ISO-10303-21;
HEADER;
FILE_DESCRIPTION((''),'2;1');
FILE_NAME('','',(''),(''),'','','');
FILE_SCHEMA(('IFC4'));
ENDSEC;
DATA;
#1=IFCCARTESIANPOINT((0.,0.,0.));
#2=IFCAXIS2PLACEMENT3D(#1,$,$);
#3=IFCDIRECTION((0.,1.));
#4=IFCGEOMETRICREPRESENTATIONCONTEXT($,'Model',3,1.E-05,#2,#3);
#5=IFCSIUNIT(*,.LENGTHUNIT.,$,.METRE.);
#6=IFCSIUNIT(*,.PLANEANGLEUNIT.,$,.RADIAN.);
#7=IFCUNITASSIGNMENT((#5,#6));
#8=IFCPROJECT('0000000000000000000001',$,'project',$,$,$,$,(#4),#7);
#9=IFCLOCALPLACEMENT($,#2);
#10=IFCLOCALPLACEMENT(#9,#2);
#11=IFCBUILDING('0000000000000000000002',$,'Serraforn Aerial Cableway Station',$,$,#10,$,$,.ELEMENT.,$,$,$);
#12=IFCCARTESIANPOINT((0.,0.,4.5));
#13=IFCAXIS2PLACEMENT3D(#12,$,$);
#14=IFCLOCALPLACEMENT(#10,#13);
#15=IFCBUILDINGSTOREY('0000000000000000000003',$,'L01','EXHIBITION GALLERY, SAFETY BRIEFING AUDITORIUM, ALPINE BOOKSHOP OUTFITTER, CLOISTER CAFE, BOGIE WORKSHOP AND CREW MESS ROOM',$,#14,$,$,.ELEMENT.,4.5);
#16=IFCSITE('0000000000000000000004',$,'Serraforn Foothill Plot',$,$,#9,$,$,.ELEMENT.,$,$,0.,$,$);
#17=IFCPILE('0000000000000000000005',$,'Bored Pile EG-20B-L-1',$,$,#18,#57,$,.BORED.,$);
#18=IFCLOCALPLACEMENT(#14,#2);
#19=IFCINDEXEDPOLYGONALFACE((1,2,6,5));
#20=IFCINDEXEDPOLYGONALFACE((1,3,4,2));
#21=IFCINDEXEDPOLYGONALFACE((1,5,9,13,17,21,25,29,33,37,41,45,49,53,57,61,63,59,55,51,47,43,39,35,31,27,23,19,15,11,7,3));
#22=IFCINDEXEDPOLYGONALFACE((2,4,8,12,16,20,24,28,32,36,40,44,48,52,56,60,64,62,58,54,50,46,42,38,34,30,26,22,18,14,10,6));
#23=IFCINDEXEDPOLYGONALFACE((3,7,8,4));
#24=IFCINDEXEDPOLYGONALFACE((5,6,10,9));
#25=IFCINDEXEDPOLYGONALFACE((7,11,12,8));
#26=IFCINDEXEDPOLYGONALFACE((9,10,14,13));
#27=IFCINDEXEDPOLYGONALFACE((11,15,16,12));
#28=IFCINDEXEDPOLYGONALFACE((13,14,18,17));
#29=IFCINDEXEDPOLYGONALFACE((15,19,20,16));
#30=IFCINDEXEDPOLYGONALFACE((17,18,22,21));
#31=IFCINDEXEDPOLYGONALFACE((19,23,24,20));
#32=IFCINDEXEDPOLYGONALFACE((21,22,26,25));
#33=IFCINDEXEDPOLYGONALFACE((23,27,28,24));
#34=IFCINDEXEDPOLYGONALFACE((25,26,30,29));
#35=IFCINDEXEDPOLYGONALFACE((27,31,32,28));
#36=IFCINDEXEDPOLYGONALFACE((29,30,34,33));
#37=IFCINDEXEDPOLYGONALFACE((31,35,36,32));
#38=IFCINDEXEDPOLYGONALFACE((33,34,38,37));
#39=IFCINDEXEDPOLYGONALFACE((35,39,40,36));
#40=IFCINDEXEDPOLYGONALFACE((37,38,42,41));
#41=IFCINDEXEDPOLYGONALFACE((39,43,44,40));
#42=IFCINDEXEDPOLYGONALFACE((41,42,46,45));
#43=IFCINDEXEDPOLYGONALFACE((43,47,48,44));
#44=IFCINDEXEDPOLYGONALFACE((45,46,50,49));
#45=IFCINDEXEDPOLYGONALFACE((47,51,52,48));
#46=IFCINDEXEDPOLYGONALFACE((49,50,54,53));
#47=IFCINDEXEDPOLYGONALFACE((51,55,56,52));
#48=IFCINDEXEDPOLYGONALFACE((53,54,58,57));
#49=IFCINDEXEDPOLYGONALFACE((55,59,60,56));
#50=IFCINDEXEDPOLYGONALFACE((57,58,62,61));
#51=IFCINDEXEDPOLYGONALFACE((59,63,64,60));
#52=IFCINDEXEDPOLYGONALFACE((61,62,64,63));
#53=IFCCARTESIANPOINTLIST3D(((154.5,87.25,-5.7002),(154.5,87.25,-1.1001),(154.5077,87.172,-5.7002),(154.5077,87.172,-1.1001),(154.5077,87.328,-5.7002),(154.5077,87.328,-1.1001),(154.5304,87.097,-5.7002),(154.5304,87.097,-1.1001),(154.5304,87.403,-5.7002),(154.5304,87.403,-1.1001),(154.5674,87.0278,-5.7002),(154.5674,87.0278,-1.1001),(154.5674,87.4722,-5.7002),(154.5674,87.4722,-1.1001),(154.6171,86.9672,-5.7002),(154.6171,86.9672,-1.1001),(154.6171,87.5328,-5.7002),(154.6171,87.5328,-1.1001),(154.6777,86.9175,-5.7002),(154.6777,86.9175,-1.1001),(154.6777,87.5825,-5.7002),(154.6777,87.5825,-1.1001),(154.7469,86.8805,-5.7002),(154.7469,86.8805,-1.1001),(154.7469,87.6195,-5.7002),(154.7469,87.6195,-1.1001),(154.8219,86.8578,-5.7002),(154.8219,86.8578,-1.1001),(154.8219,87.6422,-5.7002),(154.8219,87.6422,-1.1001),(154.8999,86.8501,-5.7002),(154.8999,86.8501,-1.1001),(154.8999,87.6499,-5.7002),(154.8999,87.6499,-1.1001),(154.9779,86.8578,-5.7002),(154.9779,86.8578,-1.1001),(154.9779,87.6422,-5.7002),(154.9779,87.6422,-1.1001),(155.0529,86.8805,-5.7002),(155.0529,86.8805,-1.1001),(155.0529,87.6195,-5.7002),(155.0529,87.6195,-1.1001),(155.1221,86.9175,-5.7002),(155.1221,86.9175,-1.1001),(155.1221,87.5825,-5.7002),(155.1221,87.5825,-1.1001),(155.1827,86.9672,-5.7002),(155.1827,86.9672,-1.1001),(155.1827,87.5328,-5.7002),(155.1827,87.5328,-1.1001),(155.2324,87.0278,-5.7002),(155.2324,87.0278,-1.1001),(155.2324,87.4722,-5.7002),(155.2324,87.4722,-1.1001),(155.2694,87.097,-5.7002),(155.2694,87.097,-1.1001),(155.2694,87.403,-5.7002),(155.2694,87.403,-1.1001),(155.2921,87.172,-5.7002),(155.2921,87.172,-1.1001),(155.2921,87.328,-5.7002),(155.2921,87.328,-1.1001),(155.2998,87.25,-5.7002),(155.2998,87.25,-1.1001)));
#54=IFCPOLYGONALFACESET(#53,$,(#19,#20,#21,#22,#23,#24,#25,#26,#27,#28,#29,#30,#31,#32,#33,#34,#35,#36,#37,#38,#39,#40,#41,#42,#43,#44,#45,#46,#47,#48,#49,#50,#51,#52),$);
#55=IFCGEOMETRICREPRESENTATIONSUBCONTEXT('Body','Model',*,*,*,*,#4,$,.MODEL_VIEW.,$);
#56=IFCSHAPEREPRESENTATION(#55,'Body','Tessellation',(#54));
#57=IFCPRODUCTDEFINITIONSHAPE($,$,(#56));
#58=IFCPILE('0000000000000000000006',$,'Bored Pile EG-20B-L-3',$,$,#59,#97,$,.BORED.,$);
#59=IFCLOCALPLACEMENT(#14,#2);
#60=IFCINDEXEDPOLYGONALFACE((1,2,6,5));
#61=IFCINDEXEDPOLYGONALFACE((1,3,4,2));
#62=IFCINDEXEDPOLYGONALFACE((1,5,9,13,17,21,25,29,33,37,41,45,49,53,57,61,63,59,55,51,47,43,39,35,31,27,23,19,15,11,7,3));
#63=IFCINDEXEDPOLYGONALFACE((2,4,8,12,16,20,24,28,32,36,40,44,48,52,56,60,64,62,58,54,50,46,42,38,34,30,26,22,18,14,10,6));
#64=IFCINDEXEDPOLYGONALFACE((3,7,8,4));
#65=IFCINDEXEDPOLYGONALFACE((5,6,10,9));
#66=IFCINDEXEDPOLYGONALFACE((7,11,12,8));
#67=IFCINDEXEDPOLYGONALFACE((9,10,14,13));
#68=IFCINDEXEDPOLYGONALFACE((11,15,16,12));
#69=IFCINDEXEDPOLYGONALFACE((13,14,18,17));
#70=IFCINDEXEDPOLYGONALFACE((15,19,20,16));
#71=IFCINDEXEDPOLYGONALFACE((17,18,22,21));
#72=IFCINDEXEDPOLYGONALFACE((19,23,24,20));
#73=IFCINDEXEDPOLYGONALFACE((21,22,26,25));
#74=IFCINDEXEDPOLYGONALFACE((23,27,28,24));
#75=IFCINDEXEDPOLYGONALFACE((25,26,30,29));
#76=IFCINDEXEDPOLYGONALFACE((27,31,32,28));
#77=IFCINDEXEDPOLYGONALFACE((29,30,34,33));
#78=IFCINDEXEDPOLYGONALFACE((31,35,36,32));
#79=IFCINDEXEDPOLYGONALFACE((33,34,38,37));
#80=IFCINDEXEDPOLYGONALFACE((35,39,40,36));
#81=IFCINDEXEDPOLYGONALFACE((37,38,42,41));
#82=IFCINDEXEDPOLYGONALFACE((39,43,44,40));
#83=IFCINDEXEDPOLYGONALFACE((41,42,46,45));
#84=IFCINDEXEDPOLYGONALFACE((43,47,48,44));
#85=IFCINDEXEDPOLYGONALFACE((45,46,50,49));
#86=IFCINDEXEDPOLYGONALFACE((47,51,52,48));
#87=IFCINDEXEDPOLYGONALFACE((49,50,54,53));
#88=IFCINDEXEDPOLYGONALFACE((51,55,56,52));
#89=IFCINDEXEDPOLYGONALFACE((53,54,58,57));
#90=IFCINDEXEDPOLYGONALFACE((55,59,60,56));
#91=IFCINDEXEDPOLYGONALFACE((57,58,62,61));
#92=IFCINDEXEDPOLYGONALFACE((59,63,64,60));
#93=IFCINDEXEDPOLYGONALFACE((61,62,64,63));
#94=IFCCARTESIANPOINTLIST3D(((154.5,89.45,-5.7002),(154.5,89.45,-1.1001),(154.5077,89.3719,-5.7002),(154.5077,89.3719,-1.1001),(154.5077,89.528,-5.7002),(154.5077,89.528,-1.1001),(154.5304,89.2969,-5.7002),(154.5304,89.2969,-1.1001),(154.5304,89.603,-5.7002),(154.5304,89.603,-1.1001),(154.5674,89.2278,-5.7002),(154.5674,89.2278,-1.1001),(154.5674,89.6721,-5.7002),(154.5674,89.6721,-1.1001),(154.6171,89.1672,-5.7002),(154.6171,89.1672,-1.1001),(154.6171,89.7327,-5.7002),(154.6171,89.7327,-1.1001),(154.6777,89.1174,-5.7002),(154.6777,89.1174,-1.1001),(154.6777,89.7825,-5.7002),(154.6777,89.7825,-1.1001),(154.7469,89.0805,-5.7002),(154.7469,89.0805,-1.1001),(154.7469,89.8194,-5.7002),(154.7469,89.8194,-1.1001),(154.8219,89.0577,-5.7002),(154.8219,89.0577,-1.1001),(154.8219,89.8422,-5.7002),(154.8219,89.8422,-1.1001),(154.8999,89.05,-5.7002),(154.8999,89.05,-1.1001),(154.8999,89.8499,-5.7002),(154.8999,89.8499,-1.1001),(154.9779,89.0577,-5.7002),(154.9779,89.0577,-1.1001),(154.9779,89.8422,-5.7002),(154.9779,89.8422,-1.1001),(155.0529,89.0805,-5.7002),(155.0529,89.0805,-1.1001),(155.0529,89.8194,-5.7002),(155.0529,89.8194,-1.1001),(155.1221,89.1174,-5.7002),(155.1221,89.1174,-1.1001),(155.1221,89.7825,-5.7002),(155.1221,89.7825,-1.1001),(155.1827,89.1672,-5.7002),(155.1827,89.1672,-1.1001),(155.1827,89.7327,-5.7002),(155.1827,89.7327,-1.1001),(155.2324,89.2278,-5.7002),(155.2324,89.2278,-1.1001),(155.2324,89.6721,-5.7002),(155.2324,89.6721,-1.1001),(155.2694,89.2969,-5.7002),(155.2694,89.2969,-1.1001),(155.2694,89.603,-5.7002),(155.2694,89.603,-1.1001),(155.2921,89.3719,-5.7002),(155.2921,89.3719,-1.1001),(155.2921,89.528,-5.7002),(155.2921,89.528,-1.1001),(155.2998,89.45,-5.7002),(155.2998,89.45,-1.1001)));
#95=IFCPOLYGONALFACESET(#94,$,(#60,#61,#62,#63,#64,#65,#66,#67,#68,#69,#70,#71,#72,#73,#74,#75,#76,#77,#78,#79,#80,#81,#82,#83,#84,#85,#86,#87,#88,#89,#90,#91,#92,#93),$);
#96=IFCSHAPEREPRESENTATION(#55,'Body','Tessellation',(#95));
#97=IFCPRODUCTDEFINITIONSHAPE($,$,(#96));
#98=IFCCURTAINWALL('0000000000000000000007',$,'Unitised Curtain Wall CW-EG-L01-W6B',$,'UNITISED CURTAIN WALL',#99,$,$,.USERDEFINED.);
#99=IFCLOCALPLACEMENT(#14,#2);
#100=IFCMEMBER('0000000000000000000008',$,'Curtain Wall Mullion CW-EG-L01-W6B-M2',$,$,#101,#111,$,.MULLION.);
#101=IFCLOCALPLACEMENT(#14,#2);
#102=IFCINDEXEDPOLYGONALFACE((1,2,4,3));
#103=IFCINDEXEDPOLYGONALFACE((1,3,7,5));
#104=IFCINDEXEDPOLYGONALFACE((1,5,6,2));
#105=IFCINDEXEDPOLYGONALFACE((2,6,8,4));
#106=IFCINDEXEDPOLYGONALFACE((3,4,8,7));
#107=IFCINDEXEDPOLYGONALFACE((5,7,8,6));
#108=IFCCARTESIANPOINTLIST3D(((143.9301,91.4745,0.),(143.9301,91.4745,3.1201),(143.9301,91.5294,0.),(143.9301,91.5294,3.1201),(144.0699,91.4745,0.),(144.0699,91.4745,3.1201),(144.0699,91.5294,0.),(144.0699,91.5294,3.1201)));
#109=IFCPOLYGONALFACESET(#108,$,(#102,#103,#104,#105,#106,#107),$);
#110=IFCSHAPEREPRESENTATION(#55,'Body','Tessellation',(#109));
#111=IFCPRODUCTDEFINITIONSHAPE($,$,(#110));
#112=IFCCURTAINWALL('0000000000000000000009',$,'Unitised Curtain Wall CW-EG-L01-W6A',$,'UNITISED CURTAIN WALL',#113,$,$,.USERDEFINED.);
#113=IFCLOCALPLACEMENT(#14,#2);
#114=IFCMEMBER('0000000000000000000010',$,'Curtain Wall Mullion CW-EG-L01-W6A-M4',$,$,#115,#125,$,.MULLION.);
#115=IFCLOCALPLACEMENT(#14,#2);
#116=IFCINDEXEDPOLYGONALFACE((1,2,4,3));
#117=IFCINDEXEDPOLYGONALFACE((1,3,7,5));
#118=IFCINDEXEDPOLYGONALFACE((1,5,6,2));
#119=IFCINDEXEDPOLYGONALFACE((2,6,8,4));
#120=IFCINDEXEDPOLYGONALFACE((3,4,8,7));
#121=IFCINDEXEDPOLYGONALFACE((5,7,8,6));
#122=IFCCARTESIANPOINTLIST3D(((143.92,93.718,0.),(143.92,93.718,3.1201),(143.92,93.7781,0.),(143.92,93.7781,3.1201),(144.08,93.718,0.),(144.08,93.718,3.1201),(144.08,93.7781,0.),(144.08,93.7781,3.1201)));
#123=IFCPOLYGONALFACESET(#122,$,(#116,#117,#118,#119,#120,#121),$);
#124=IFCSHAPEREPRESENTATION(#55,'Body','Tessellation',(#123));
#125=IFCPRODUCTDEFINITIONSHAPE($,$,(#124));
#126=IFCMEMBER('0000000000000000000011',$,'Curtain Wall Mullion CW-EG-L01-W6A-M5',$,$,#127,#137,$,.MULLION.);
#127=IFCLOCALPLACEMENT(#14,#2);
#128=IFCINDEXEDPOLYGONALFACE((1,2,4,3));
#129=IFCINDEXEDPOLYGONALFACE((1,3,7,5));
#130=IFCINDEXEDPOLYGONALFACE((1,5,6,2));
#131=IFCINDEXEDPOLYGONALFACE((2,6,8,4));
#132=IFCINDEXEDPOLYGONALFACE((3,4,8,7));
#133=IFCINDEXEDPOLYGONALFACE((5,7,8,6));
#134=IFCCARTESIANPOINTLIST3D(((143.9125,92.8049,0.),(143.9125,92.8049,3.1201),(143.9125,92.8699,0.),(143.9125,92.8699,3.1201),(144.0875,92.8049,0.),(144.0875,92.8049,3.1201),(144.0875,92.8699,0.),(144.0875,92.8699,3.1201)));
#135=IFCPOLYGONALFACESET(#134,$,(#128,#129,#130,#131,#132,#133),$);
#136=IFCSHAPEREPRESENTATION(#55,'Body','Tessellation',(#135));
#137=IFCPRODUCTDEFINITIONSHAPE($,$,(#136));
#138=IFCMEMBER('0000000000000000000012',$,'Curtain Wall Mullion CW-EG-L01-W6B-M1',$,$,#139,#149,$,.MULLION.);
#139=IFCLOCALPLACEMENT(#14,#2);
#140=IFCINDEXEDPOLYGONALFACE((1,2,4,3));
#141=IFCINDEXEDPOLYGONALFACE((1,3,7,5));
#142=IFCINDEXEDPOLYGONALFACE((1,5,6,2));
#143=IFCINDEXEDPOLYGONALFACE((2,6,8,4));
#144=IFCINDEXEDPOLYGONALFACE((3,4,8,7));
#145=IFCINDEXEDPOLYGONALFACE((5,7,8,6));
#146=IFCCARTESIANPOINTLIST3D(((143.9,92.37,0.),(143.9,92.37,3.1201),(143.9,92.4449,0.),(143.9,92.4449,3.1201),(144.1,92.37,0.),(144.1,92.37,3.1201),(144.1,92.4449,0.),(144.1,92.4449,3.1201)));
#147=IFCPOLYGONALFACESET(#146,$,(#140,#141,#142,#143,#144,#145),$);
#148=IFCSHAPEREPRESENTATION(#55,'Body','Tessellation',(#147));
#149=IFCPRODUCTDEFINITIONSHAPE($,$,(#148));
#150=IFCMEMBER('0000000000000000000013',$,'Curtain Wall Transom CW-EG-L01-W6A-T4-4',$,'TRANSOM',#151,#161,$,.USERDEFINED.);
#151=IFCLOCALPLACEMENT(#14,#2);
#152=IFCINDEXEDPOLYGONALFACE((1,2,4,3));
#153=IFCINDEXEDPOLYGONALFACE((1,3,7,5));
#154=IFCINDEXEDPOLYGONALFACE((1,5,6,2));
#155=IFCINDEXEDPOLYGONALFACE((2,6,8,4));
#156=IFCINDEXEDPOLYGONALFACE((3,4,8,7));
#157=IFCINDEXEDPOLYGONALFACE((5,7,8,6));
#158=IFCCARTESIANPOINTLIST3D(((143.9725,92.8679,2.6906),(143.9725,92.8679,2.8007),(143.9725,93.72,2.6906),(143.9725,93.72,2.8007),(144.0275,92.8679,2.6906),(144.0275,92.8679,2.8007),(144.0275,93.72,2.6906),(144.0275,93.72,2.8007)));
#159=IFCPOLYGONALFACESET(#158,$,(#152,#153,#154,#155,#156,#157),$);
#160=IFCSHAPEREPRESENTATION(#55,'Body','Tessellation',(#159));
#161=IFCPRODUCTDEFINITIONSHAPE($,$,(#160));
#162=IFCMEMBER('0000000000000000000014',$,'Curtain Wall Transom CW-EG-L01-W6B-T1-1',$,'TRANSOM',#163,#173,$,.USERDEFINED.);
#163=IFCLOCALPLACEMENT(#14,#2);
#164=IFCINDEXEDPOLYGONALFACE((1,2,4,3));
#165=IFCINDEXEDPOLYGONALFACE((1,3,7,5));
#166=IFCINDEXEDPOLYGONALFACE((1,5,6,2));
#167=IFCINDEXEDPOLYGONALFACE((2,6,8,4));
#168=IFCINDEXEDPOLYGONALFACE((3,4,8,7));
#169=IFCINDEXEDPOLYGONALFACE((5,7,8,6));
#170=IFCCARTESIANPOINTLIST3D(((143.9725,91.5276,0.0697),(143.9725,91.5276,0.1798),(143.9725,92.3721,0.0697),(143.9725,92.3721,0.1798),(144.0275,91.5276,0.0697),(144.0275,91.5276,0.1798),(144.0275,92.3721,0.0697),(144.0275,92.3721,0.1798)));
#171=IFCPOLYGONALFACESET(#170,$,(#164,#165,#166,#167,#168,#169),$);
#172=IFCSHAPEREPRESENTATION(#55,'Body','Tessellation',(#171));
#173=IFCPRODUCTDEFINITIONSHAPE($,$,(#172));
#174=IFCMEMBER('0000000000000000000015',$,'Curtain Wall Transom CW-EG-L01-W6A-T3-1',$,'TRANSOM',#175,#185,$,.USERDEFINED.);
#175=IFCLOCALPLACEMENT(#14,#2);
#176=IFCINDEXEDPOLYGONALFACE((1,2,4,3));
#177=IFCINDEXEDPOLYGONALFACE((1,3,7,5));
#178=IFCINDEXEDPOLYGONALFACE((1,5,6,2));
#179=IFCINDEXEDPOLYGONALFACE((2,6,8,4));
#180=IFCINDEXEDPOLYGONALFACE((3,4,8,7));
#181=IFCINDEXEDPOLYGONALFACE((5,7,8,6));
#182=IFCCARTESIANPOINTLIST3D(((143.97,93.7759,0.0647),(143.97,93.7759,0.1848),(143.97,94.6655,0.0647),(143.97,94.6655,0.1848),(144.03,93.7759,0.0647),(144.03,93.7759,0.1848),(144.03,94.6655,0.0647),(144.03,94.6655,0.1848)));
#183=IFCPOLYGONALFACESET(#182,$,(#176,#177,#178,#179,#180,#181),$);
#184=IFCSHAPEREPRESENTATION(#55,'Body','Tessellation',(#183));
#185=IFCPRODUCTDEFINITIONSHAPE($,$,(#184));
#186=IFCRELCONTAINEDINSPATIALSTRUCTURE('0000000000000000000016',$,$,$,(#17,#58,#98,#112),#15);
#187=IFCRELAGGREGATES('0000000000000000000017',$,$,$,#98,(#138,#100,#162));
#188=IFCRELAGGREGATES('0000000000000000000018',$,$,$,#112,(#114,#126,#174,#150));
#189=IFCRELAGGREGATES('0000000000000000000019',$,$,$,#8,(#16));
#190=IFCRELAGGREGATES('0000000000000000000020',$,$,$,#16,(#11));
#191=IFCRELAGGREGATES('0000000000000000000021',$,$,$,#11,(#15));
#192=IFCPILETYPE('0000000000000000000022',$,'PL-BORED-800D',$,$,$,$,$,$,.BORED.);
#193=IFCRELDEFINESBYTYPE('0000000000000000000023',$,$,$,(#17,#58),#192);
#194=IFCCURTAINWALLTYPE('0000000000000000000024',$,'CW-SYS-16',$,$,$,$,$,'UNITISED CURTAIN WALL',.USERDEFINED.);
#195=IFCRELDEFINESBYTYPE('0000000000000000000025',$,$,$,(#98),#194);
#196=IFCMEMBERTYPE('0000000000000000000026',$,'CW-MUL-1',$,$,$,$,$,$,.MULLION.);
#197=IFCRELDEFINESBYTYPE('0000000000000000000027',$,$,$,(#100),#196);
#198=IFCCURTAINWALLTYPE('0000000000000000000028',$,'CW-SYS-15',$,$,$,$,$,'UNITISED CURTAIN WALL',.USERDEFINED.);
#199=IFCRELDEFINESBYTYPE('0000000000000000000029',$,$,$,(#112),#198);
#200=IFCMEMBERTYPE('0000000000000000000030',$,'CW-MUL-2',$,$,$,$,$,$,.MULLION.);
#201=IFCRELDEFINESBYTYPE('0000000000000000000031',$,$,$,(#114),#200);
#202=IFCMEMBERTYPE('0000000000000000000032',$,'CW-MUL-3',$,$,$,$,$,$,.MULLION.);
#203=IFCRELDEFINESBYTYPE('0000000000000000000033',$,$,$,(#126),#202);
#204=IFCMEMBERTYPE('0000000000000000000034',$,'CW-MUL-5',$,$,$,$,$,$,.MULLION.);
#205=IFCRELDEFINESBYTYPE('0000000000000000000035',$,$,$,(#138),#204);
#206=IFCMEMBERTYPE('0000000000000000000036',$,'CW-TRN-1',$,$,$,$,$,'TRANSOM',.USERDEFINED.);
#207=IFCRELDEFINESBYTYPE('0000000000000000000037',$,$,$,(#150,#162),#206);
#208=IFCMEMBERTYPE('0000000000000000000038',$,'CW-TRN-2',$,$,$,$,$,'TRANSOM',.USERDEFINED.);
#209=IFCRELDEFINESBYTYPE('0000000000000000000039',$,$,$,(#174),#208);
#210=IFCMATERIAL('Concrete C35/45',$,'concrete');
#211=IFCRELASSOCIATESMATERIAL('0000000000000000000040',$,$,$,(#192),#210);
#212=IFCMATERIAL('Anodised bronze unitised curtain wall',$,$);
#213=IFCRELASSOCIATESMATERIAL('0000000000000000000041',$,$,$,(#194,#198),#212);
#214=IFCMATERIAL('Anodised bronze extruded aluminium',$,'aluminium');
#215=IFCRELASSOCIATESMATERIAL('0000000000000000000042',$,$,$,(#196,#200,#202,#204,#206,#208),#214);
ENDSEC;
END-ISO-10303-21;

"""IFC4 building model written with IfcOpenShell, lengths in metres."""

from ifc_helpers import new_model, si_unit, direction, frame, origin, origin_2d, place, context, subcontext, project, spatial, rectangle, circle, extrude, material, material_profile, profile_set, type_object, element, aggregate, save


model = new_model("IFC4")

# Units and contexts
model_context = context("Model", 3, precision=1e-05, world=origin(), true_north=direction((0.0, 1.0)))
body_context = subcontext(model_context, "Body", "Model", "MODEL_VIEW")
ifc_project = project(units=[si_unit("LENGTHUNIT", "METRE"), si_unit("PLANEANGLEUNIT", "RADIAN")], contexts=[model_context])

# Site, building, storey
site_placement = place(None, origin())
site = spatial("IfcSite", under=ifc_project, at=site_placement, Name="Serraforn Foothill Plot", CompositionType="ELEMENT", RefElevation=0.0)
building_placement = place(site_placement, origin())
building = spatial("IfcBuilding", under=site, at=building_placement, Name="Serraforn Aerial Cableway Station", CompositionType="ELEMENT")
storey_placement = place(building_placement, frame((0.0, 0.0, 4.5)))
storey = spatial("IfcBuildingStorey", under=building, at=storey_placement, Name="L01", Description="EXHIBITION GALLERY, SAFETY BRIEFING AUDITORIUM, ALPINE BOOKSHOP OUTFITTER, CLOISTER CAFE, BOGIE WORKSHOP AND CREW MESS ROOM", CompositionType="ELEMENT", Elevation=4.5)

# Piles
ifc_material_1 = material(Name="Concrete C35/45", Category="concrete")
ifc_material_profile_1 = material_profile(ifc_material_1, circle(Radius=0.3999, at=origin_2d()), Name="BORED PILE D800")
ifc_profile_set_1 = profile_set([ifc_material_profile_1], Name="Concrete C35/45")
pile_type = type_object("IfcPileType", Name="PL-BORED-800D", PredefinedType="BORED", material=ifc_profile_set_1)
for number, where, z_axis, x_axis, name in (
    (1, (154.8999, 87.25, -1.1001), (0.0, 0.0, -1.0), (1.0, 0.0, 0.0), "Bored Pile EG-20B-L-1"),
    (2, (154.8999, 89.45, -1.1001), (0.0, 0.0, -1.0), (1.0, 0.0, 0.0), "Bored Pile EG-20B-L-3"),
):
    element("IfcPile", number, at=place(storey_placement, frame(where, z_axis=z_axis, x_axis=x_axis)), inside=storey, type_object=pile_type, Name=name, PredefinedType="BORED", context=body_context, shape_type="SweptSolid", body=[
        extrude(circle(Radius=0.3999, at=origin_2d()), origin(), (0.0, 0.0, 1.0), 4.6001),
    ])

# Curtain wall, member
ifc_material_2 = material(Name="Anodised bronze unitised curtain wall")
curtain_wall_type_1 = type_object("IfcCurtainWallType", Name="CW-SYS-16", ElementType="UNITISED CURTAIN WALL", PredefinedType="USERDEFINED", material=ifc_material_2)
curtain_wall_1_placement = place(storey_placement, origin())
curtain_wall_1 = element("IfcCurtainWall", 3, at=curtain_wall_1_placement, inside=storey, type_object=curtain_wall_type_1, Name="Unitised Curtain Wall CW-EG-L01-W6B", ObjectType="UNITISED CURTAIN WALL", PredefinedType="USERDEFINED")
ifc_material_3 = material(Name="Anodised bronze extruded aluminium", Category="aluminium")
ifc_material_profile_2 = material_profile(ifc_material_3, rectangle(XDim=0.0549, YDim=0.1399, at=origin_2d()), Name="CW MULLION 55x140")
ifc_profile_set_2 = profile_set([ifc_material_profile_2], Name="Anodised bronze extruded aluminium")
member_type_1 = type_object("IfcMemberType", Name="CW-MUL-1", PredefinedType="MULLION", material=ifc_profile_set_2)
member_1_placement = place(storey_placement, frame((144.0, 91.502, 0.0), z_axis=(0.0, 0.0, 1.0), x_axis=(0.0, -1.0, 0.0)))
member_1 = element("IfcMember", 4, at=member_1_placement, type_object=member_type_1, Name="Curtain Wall Mullion CW-EG-L01-W6B-M2", PredefinedType="MULLION", context=body_context, shape_type="SweptSolid", body=[
    extrude(rectangle(XDim=0.0549, YDim=0.1399, at=origin_2d()), origin(), (0.0, 0.0, 1.0), 3.1201),
])

# Curtain wall, members
curtain_wall_type_2 = type_object("IfcCurtainWallType", Name="CW-SYS-15", ElementType="UNITISED CURTAIN WALL", PredefinedType="USERDEFINED", material=ifc_material_2)
curtain_wall_2_placement = place(storey_placement, origin())
curtain_wall_2 = element("IfcCurtainWall", 5, at=curtain_wall_2_placement, inside=storey, type_object=curtain_wall_type_2, Name="Unitised Curtain Wall CW-EG-L01-W6A", ObjectType="UNITISED CURTAIN WALL", PredefinedType="USERDEFINED")
ifc_material_profile_3 = material_profile(ifc_material_3, rectangle(XDim=0.0601, YDim=0.1599, at=origin_2d()), Name="CW MULLION 60x160")
ifc_profile_set_3 = profile_set([ifc_material_profile_3], Name="Anodised bronze extruded aluminium")
member_type_2 = type_object("IfcMemberType", Name="CW-MUL-2", PredefinedType="MULLION", material=ifc_profile_set_3)
member_2_placement = place(storey_placement, frame((144.0, 93.748, 0.0), z_axis=(0.0, 0.0, 1.0), x_axis=(0.0, -1.0, 0.0)))
member_2 = element("IfcMember", 6, at=member_2_placement, type_object=member_type_2, Name="Curtain Wall Mullion CW-EG-L01-W6A-M4", PredefinedType="MULLION", context=body_context, shape_type="SweptSolid", body=[
    extrude(rectangle(XDim=0.0601, YDim=0.1599, at=origin_2d()), origin(), (0.0, 0.0, 1.0), 3.1201),
])
ifc_material_profile_4 = material_profile(ifc_material_3, rectangle(XDim=0.0649, YDim=0.175, at=origin_2d()), Name="CW MULLION 65x175")
ifc_profile_set_4 = profile_set([ifc_material_profile_4], Name="Anodised bronze extruded aluminium")
member_type_3 = type_object("IfcMemberType", Name="CW-MUL-3", PredefinedType="MULLION", material=ifc_profile_set_4)
member_3_placement = place(storey_placement, frame((144.0, 92.8374, 0.0), z_axis=(0.0, 0.0, 1.0), x_axis=(0.0, -1.0, 0.0)))
member_3 = element("IfcMember", 7, at=member_3_placement, type_object=member_type_3, Name="Curtain Wall Mullion CW-EG-L01-W6A-M5", PredefinedType="MULLION", context=body_context, shape_type="SweptSolid", body=[
    extrude(rectangle(XDim=0.0649, YDim=0.175, at=origin_2d()), origin(), (0.0, 0.0, 1.0), 3.1201),
])

# Members
ifc_material_profile_5 = material_profile(ifc_material_3, rectangle(XDim=0.075, YDim=0.2, at=origin_2d()), Name="CW MULLION 75x200")
ifc_profile_set_5 = profile_set([ifc_material_profile_5], Name="Anodised bronze extruded aluminium")
member_type_4 = type_object("IfcMemberType", Name="CW-MUL-5", PredefinedType="MULLION", material=ifc_profile_set_5)
member_4_placement = place(storey_placement, frame((144.0, 92.4075, 0.0), z_axis=(0.0, 0.0, 1.0), x_axis=(0.0, -1.0, 0.0)))
member_4 = element("IfcMember", 8, at=member_4_placement, type_object=member_type_4, Name="Curtain Wall Mullion CW-EG-L01-W6B-M1", PredefinedType="MULLION", context=body_context, shape_type="SweptSolid", body=[
    extrude(rectangle(XDim=0.075, YDim=0.2, at=origin_2d()), origin(), (0.0, 0.0, 1.0), 3.1201),
])
ifc_material_profile_6 = material_profile(ifc_material_3, rectangle(XDim=0.0549, YDim=0.1101, at=origin_2d()), Name="CW TRANSOM 55x110")
ifc_profile_set_6 = profile_set([ifc_material_profile_6], Name="Anodised bronze extruded aluminium")
member_type_5 = type_object("IfcMemberType", Name="CW-TRN-1", ElementType="TRANSOM", PredefinedType="USERDEFINED", material=ifc_profile_set_6)
member_5_placement = place(storey_placement, frame((144.0, 93.72, 2.7456), z_axis=(0.0, -1.0, 0.0), x_axis=(1.0, 0.0, 0.0)))
member_5 = element("IfcMember", 9, at=member_5_placement, type_object=member_type_5, Name="Curtain Wall Transom CW-EG-L01-W6A-T4-4", ObjectType="TRANSOM", PredefinedType="USERDEFINED", context=body_context, shape_type="SweptSolid", body=[
    extrude(rectangle(XDim=0.0549, YDim=0.1101, at=origin_2d()), origin(), (0.0, 0.0, 1.0), 0.8521),
])
member_6_placement = place(storey_placement, frame((144.0, 92.3721, 0.1248), z_axis=(0.0, -1.0, 0.0), x_axis=(1.0, 0.0, 0.0)))
member_6 = element("IfcMember", 10, at=member_6_placement, type_object=member_type_5, Name="Curtain Wall Transom CW-EG-L01-W6B-T1-1", ObjectType="TRANSOM", PredefinedType="USERDEFINED", context=body_context, shape_type="SweptSolid", body=[
    extrude(rectangle(XDim=0.0549, YDim=0.1101, at=origin_2d()), origin(), (0.0, 0.0, 1.0), 0.8445),
])
ifc_material_profile_7 = material_profile(ifc_material_3, rectangle(XDim=0.0601, YDim=0.1201, at=origin_2d()), Name="CW TRANSOM 60x120")
ifc_profile_set_7 = profile_set([ifc_material_profile_7], Name="Anodised bronze extruded aluminium")
member_type_6 = type_object("IfcMemberType", Name="CW-TRN-2", ElementType="TRANSOM", PredefinedType="USERDEFINED", material=ifc_profile_set_7)
member_7_placement = place(storey_placement, frame((144.0, 94.6655, 0.1248), z_axis=(0.0, -1.0, 0.0), x_axis=(1.0, 0.0, 0.0)))
member_7 = element("IfcMember", 11, at=member_7_placement, type_object=member_type_6, Name="Curtain Wall Transom CW-EG-L01-W6A-T3-1", ObjectType="TRANSOM", PredefinedType="USERDEFINED", context=body_context, shape_type="SweptSolid", body=[
    extrude(rectangle(XDim=0.0601, YDim=0.1201, at=origin_2d()), origin(), (0.0, 0.0, 1.0), 0.8896),
])

aggregate(curtain_wall_1, [member_4, member_1, member_6])
aggregate(curtain_wall_2, [member_2, member_3, member_7, member_5])

save(model, "model.ifc")
